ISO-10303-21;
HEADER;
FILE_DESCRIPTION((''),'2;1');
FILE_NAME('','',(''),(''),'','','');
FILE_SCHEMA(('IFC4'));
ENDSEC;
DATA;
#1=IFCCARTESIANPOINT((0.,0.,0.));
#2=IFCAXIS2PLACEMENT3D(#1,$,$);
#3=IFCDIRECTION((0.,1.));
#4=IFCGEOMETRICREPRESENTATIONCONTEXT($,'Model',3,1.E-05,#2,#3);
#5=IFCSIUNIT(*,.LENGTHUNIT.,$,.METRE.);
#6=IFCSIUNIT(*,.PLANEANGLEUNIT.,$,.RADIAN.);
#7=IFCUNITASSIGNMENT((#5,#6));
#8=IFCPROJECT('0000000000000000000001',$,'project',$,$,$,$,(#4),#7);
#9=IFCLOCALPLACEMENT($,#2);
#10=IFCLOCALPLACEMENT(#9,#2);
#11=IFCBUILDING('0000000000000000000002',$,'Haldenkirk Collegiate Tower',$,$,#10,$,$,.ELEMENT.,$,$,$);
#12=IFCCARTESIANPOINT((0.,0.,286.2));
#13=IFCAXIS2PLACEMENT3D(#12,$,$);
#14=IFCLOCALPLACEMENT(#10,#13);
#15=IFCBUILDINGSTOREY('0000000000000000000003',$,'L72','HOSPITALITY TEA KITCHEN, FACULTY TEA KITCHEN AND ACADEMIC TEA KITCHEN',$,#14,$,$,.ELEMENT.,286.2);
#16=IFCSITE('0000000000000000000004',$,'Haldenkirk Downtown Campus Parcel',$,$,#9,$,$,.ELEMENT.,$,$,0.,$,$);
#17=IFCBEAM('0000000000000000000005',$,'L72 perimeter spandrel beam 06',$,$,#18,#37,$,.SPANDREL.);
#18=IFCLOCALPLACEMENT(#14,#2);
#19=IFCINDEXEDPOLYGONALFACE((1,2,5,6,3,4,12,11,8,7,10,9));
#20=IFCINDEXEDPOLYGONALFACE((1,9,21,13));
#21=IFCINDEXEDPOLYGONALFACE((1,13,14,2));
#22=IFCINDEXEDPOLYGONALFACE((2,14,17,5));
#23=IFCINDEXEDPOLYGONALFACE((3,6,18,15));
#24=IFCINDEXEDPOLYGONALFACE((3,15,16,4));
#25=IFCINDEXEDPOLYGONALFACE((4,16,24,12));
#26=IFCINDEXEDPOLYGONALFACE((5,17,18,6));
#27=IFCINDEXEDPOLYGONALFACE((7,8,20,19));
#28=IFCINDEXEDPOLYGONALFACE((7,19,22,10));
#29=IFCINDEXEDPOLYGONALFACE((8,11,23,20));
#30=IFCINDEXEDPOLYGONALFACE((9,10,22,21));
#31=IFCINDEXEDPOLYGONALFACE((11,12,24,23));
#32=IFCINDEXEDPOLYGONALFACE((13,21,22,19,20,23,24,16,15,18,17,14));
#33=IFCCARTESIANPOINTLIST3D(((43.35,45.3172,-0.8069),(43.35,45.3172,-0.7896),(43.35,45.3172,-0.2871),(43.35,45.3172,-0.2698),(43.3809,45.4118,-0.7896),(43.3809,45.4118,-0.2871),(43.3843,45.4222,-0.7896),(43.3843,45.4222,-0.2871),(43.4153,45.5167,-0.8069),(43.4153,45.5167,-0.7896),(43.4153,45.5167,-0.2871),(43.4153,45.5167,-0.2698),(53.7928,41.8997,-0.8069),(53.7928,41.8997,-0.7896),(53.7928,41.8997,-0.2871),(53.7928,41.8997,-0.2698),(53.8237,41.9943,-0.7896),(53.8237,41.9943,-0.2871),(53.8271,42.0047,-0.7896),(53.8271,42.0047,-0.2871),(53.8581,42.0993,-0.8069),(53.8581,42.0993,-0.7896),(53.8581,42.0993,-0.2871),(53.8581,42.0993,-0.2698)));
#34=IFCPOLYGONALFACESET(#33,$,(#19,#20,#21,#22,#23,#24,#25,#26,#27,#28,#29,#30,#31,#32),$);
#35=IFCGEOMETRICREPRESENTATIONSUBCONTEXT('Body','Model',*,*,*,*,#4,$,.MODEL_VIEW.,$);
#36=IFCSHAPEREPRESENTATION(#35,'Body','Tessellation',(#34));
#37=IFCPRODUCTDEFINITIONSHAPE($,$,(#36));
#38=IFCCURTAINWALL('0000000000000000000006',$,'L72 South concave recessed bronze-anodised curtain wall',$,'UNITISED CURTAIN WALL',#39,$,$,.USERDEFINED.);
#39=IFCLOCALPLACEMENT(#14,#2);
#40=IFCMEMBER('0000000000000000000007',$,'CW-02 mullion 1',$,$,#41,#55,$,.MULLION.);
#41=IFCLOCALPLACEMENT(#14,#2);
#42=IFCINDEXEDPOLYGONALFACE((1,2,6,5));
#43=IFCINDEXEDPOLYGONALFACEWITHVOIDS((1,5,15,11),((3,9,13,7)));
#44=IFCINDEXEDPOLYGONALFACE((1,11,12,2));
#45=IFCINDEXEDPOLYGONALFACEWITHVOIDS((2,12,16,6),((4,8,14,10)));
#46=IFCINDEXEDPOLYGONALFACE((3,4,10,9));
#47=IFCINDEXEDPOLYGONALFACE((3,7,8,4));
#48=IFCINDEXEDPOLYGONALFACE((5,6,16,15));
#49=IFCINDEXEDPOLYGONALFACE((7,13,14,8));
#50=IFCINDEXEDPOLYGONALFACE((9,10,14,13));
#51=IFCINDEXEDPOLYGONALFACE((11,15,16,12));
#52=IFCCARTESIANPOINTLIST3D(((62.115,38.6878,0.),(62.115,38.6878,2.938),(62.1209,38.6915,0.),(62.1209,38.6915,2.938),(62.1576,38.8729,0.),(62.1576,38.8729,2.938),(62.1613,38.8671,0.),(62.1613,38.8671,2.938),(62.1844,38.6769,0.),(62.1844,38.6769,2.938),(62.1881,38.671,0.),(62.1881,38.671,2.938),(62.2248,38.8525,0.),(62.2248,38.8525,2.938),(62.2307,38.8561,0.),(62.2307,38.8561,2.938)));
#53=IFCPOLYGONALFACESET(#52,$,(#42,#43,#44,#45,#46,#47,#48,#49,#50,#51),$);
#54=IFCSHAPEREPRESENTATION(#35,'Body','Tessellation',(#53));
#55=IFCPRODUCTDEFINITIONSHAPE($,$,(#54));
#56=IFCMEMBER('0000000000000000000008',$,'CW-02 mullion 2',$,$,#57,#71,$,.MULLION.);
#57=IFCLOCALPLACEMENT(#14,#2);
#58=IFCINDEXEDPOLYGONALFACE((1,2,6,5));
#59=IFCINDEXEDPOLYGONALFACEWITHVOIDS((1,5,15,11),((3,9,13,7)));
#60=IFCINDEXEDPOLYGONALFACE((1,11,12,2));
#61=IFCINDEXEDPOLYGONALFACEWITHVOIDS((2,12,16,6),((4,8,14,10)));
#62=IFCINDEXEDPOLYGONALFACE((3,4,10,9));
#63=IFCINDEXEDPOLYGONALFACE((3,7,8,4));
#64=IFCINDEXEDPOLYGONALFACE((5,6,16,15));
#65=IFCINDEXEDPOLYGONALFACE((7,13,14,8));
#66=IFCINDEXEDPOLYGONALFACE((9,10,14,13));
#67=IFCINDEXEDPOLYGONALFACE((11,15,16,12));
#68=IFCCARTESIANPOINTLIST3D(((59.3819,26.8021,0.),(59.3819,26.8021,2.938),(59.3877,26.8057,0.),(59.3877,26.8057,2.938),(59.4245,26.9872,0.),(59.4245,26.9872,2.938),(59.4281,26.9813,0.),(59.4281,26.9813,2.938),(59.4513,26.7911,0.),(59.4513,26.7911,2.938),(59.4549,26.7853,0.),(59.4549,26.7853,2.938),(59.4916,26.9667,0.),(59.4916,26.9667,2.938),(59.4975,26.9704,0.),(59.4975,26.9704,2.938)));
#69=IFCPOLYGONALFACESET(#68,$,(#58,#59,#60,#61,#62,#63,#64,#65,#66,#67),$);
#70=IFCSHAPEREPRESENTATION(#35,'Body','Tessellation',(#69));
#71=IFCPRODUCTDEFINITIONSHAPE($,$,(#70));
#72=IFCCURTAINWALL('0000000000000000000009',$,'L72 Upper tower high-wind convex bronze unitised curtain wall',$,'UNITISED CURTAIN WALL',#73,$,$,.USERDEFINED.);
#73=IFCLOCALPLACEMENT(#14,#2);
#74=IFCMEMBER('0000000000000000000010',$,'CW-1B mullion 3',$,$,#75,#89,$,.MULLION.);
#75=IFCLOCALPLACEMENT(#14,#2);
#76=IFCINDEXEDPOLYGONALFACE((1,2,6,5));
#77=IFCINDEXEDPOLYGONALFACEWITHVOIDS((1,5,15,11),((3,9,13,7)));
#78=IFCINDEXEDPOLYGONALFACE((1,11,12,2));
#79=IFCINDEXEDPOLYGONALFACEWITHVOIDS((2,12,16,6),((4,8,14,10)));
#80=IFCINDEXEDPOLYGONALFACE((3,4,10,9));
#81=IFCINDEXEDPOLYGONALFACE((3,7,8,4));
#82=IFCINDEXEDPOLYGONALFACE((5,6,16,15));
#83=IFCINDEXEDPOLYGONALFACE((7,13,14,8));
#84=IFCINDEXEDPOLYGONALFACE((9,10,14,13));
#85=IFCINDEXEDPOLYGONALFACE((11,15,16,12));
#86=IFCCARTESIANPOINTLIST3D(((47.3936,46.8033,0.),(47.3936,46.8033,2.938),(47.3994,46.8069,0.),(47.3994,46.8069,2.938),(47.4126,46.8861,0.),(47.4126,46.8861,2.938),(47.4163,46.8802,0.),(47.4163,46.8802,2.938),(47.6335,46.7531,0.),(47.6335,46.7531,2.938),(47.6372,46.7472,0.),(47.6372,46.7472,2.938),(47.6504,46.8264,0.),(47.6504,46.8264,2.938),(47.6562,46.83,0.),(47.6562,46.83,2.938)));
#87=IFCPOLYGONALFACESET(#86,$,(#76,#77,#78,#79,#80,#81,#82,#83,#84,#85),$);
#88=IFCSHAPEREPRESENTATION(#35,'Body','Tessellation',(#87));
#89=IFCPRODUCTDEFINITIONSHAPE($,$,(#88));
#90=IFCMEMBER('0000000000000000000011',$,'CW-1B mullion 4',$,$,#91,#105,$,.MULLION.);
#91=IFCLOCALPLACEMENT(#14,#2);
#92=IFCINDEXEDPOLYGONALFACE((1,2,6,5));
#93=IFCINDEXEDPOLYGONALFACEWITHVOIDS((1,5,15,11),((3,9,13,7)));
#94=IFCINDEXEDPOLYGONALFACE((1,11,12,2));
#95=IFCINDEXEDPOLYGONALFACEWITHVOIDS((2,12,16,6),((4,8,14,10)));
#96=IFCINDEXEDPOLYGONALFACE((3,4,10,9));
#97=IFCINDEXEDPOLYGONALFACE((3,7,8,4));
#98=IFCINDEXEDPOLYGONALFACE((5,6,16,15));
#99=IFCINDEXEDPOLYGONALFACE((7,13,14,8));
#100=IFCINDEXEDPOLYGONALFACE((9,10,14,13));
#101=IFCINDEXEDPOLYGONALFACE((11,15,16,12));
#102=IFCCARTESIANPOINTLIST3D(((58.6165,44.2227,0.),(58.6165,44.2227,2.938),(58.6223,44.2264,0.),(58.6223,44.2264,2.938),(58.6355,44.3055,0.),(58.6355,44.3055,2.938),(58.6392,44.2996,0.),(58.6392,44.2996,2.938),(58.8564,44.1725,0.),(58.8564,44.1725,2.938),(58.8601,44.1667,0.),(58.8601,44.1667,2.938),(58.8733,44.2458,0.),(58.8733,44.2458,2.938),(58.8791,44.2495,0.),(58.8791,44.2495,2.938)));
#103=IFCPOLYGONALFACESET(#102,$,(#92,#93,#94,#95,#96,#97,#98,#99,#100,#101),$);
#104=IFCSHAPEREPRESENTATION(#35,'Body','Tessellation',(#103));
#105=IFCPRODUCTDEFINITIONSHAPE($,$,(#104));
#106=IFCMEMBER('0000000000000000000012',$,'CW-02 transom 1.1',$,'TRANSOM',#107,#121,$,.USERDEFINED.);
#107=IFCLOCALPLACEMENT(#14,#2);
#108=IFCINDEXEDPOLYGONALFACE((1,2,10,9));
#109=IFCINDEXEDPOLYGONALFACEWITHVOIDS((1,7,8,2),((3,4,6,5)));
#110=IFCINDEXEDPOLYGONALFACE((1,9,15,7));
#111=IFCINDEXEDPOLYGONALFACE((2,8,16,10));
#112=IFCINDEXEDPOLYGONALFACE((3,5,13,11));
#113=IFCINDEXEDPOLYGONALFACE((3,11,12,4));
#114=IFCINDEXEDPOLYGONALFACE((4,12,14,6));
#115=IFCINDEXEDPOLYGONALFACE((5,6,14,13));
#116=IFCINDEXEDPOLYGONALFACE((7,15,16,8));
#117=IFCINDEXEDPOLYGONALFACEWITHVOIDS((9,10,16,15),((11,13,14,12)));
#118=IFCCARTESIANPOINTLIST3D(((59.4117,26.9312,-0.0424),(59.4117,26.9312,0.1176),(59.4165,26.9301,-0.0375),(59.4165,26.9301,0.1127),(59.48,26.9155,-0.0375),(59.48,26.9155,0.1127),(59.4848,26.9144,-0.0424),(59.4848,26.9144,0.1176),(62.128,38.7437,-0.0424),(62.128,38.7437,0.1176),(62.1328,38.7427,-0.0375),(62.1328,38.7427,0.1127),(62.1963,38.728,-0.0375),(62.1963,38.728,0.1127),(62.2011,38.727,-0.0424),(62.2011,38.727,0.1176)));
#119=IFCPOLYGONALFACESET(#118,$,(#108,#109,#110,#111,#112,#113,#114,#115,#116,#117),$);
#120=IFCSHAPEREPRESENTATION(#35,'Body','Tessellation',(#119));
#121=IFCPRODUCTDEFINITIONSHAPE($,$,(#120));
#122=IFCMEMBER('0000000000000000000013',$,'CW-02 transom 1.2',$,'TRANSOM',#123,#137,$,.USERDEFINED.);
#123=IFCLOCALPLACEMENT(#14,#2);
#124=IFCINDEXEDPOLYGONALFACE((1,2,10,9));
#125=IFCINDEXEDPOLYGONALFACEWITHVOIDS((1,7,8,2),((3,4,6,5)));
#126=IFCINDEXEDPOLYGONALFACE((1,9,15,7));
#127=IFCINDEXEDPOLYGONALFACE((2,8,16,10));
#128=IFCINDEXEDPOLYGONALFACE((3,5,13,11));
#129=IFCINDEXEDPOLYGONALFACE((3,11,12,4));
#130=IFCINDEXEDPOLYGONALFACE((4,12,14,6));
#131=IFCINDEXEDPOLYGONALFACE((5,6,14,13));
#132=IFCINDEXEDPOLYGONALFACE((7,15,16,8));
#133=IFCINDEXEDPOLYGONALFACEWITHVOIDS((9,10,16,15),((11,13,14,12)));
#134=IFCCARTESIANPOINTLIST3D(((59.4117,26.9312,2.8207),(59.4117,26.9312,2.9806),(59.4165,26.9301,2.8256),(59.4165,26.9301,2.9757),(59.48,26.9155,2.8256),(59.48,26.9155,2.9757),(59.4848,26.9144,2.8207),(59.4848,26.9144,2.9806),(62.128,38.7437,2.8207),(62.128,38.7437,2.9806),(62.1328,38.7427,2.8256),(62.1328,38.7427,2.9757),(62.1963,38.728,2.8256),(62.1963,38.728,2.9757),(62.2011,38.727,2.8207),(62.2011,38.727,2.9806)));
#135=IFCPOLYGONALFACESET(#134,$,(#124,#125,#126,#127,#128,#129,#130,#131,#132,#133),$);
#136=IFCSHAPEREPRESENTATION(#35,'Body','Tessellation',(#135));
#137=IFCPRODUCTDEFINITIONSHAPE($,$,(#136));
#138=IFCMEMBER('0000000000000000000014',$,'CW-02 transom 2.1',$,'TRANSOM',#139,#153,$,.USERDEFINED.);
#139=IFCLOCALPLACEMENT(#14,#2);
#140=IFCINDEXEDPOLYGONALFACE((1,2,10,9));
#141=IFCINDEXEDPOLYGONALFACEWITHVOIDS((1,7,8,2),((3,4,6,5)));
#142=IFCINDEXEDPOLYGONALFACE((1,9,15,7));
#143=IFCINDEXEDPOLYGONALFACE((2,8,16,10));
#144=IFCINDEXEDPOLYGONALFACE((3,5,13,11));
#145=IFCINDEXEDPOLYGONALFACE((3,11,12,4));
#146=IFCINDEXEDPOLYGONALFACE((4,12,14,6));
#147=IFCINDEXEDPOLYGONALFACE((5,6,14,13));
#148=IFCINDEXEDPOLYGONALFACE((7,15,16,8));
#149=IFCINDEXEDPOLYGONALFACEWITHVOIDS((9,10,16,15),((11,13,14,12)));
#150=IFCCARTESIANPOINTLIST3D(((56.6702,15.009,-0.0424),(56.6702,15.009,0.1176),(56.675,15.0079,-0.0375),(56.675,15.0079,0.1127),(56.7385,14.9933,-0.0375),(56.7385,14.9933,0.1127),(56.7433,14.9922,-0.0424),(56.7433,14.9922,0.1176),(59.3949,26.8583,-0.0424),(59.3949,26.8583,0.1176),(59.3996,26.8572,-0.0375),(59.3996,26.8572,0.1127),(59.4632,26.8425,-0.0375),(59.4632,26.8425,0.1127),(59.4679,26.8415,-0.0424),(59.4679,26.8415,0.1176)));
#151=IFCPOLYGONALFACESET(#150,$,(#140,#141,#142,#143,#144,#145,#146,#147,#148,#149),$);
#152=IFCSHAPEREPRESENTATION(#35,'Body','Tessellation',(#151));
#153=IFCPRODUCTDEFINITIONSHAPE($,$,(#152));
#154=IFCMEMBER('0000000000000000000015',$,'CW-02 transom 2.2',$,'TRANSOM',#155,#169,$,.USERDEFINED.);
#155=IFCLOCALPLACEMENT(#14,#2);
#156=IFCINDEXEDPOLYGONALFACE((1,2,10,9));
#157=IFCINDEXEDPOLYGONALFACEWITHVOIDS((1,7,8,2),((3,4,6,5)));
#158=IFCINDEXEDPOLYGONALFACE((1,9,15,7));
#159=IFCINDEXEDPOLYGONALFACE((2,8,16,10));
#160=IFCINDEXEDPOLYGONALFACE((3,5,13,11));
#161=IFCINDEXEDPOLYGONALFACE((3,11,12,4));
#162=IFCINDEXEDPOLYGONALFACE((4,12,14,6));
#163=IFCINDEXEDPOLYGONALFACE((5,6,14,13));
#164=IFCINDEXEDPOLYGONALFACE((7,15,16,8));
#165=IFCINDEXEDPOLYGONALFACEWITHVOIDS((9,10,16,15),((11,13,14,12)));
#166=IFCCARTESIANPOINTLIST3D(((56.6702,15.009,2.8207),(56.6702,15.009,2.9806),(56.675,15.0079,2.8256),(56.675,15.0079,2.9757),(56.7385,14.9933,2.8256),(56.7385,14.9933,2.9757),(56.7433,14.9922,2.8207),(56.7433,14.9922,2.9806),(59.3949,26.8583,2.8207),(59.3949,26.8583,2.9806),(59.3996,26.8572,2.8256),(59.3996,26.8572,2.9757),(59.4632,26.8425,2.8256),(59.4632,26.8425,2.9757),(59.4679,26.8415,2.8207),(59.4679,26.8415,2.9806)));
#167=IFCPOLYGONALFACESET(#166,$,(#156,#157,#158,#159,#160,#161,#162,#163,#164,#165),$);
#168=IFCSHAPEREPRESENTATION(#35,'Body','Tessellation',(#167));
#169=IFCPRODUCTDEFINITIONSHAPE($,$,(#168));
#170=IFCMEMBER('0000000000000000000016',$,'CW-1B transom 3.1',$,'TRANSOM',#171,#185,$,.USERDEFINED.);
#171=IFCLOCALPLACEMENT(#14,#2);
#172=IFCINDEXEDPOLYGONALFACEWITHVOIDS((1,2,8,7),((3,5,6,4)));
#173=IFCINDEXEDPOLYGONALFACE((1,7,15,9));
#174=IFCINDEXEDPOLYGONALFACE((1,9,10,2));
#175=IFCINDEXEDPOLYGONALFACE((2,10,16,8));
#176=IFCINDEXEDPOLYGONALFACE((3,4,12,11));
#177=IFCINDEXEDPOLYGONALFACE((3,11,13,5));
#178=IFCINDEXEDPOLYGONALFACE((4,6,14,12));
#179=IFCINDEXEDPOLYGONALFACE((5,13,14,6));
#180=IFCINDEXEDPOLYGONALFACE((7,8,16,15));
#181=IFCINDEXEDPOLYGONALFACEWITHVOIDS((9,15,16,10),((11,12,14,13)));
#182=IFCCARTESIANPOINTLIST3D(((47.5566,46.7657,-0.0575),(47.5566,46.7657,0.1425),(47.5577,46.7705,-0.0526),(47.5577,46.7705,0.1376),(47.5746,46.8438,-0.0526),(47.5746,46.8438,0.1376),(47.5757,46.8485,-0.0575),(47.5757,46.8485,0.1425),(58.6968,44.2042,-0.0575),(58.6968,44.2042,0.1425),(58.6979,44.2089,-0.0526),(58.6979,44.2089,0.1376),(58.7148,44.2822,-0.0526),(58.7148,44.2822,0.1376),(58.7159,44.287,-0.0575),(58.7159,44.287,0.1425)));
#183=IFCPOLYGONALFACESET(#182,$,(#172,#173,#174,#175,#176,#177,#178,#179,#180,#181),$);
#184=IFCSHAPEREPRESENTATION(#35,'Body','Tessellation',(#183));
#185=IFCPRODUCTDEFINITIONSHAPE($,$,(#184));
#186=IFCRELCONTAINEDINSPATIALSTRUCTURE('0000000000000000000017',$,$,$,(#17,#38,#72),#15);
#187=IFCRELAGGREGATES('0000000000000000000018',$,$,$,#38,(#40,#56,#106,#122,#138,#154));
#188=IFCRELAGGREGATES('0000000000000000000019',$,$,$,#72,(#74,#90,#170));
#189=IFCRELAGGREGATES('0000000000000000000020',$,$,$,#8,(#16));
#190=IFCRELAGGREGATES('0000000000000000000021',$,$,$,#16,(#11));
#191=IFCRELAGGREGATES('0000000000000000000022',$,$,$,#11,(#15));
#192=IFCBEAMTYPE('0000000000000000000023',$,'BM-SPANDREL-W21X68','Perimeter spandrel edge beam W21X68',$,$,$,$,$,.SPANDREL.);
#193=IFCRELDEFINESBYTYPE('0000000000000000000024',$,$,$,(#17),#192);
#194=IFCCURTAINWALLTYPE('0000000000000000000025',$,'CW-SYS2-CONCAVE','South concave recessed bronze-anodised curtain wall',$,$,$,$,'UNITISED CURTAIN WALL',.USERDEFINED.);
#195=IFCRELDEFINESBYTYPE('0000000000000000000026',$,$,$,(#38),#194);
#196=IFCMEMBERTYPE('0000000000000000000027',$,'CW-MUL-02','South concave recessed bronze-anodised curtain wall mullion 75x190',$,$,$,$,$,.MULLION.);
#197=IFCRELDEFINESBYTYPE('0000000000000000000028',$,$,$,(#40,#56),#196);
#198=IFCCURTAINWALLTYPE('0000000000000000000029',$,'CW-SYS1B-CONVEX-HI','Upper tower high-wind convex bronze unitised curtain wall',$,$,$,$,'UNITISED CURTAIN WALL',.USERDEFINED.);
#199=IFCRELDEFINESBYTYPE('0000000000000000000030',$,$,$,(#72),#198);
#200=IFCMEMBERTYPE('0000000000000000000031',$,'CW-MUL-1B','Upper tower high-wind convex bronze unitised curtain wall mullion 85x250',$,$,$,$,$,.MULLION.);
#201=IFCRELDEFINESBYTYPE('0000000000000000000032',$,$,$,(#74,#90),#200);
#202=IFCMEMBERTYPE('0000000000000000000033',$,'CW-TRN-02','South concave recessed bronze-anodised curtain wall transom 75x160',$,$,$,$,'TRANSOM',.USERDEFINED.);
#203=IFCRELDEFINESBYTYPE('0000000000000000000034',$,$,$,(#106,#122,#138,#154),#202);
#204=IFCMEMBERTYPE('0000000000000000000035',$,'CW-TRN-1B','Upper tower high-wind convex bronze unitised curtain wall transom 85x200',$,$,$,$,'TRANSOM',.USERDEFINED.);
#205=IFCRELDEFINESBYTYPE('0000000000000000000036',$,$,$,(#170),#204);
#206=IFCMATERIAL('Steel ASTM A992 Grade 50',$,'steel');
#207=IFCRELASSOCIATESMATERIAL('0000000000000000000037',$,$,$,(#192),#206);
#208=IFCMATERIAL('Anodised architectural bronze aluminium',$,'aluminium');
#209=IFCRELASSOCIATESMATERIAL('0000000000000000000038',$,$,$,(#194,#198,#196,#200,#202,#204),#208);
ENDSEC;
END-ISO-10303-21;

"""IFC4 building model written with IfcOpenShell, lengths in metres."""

from ifc_helpers import new_model, si_unit, direction, frame, origin, origin_2d, place, context, subcontext, project, spatial, hollow_rectangle, i_section, extrude, material, material_profile, profile_set, type_object, element, aggregate, save


model = new_model("IFC4")

# Units and contexts
model_context = context("Model", 3, precision=1e-05, world=origin(), true_north=direction((0.0, 1.0)))
body_context = subcontext(model_context, "Body", "Model", "MODEL_VIEW")
ifc_project = project(units=[si_unit("LENGTHUNIT", "METRE"), si_unit("PLANEANGLEUNIT", "RADIAN")], contexts=[model_context])

# Site, building, storey
site_placement = place(None, origin())
site = spatial("IfcSite", under=ifc_project, at=site_placement, Name="Haldenkirk Downtown Campus Parcel", CompositionType="ELEMENT", RefElevation=0.0)
building_placement = place(site_placement, origin())
building = spatial("IfcBuilding", under=site, at=building_placement, Name="Haldenkirk Collegiate Tower", CompositionType="ELEMENT")
storey_placement = place(building_placement, frame((0.0, 0.0, 286.2)))
storey = spatial("IfcBuildingStorey", under=building, at=storey_placement, Name="L72", Description="HOSPITALITY TEA KITCHEN, FACULTY TEA KITCHEN AND ACADEMIC TEA KITCHEN", CompositionType="ELEMENT", Elevation=286.2)

# Beam
ifc_material_1 = material(Name="Steel ASTM A992 Grade 50", Category="steel")
ifc_material_profile_1 = material_profile(ifc_material_1, i_section(OverallWidth=0.21, OverallDepth=0.5371, WebThickness=0.011, FlangeThickness=0.0173, at=origin_2d()), Name="W21X68")
ifc_profile_set_1 = profile_set([ifc_material_profile_1], Name="Steel ASTM A992 Grade 50")
beam_type_1 = type_object("IfcBeamType", Name="BM-SPANDREL-W21X68", Description="Perimeter spandrel edge beam W21X68", PredefinedType="SPANDREL", material=ifc_profile_set_1)
beam_1_placement = place(storey_placement, frame((53.8254, 41.9995, -0.5383), z_axis=(-0.950402, 0.311024, 0.0), x_axis=(-0.311024, -0.950402, 0.0)))
element("IfcBeam", 1, at=beam_1_placement, inside=storey, type_object=beam_type_1, Name="L72 perimeter spandrel beam 06", PredefinedType="SPANDREL", context=body_context, shape_type="SweptSolid", body=[
    extrude(i_section(OverallWidth=0.21, OverallDepth=0.5371, WebThickness=0.011, FlangeThickness=0.0173, at=origin_2d()), origin(), (0.0, 0.0, 1.0), 10.9878),
])

# Curtain walls, members
ifc_material_2 = material(Name="Anodised architectural bronze aluminium", Category="aluminium")
curtain_wall_type_1 = type_object("IfcCurtainWallType", Name="CW-SYS2-CONCAVE", Description="South concave recessed bronze-anodised curtain wall", ElementType="UNITISED CURTAIN WALL", PredefinedType="USERDEFINED", material=ifc_material_2)
curtain_wall_1_placement = place(storey_placement, origin())
curtain_wall_1 = element("IfcCurtainWall", 2, at=curtain_wall_1_placement, inside=storey, type_object=curtain_wall_type_1, Name="L72 South concave recessed bronze-anodised curtain wall", ObjectType="UNITISED CURTAIN WALL", PredefinedType="USERDEFINED")
ifc_material_profile_2 = material_profile(ifc_material_2, hollow_rectangle(XDim=0.075, YDim=0.1899, WallThickness=0.0049, at=origin_2d()), Name="CW-MUL-02")
ifc_profile_set_2 = profile_set([ifc_material_profile_2], Name="Anodised architectural bronze aluminium")
member_type_1 = type_object("IfcMemberType", Name="CW-MUL-02", Description="South concave recessed bronze-anodised curtain wall mullion 75x190", PredefinedType="MULLION", material=ifc_profile_set_2)
member_1_placement = place(storey_placement, frame((62.1729, 38.772, 0.0), z_axis=(0.0, 0.0, 1.0), x_axis=(0.974566, -0.224101, 0.0)))
member_1 = element("IfcMember", 3, at=member_1_placement, type_object=member_type_1, Name="CW-02 mullion 1", PredefinedType="MULLION", context=body_context, shape_type="SweptSolid", body=[
    extrude(hollow_rectangle(XDim=0.075, YDim=0.1899, WallThickness=0.0049, at=origin_2d()), origin(), (0.0, 0.0, 1.0), 2.938),
])
member_2_placement = place(storey_placement, frame((59.4397, 26.8862, 0.0), z_axis=(0.0, 0.0, 1.0), x_axis=(0.974566, -0.224101, 0.0)))
member_2 = element("IfcMember", 4, at=member_2_placement, type_object=member_type_1, Name="CW-02 mullion 2", PredefinedType="MULLION", context=body_context, shape_type="SweptSolid", body=[
    extrude(hollow_rectangle(XDim=0.075, YDim=0.1899, WallThickness=0.0049, at=origin_2d()), origin(), (0.0, 0.0, 1.0), 2.938),
])
curtain_wall_type_2 = type_object("IfcCurtainWallType", Name="CW-SYS1B-CONVEX-HI", Description="Upper tower high-wind convex bronze unitised curtain wall", ElementType="UNITISED CURTAIN WALL", PredefinedType="USERDEFINED", material=ifc_material_2)
curtain_wall_2_placement = place(storey_placement, origin())
curtain_wall_2 = element("IfcCurtainWall", 5, at=curtain_wall_2_placement, inside=storey, type_object=curtain_wall_type_2, Name="L72 Upper tower high-wind convex bronze unitised curtain wall", ObjectType="UNITISED CURTAIN WALL", PredefinedType="USERDEFINED")
ifc_material_profile_3 = material_profile(ifc_material_2, hollow_rectangle(XDim=0.085, YDim=0.25, WallThickness=0.0049, at=origin_2d()), Name="CW-MUL-1B")
ifc_profile_set_3 = profile_set([ifc_material_profile_3], Name="Anodised architectural bronze aluminium")
member_type_2 = type_object("IfcMemberType", Name="CW-MUL-1B", Description="Upper tower high-wind convex bronze unitised curtain wall mullion 85x250", PredefinedType="MULLION", material=ifc_profile_set_3)
member_3_placement = place(storey_placement, frame((47.5249, 46.8167, 0.0), z_axis=(0.0, 0.0, 1.0), x_axis=(0.224101, 0.974566, 0.0)))
member_3 = element("IfcMember", 6, at=member_3_placement, type_object=member_type_2, Name="CW-1B mullion 3", PredefinedType="MULLION", context=body_context, shape_type="SweptSolid", body=[
    extrude(hollow_rectangle(XDim=0.085, YDim=0.25, WallThickness=0.0049, at=origin_2d()), origin(), (0.0, 0.0, 1.0), 2.938),
])
member_4_placement = place(storey_placement, frame((58.7478, 44.2361, 0.0), z_axis=(0.0, 0.0, 1.0), x_axis=(0.224101, 0.974566, 0.0)))
member_4 = element("IfcMember", 7, at=member_4_placement, type_object=member_type_2, Name="CW-1B mullion 4", PredefinedType="MULLION", context=body_context, shape_type="SweptSolid", body=[
    extrude(hollow_rectangle(XDim=0.085, YDim=0.25, WallThickness=0.0049, at=origin_2d()), origin(), (0.0, 0.0, 1.0), 2.938),
])

# Members
ifc_material_profile_4 = material_profile(ifc_material_2, hollow_rectangle(XDim=0.075, YDim=0.1599, WallThickness=0.0049, at=origin_2d()), Name="CW-TRN-02")
ifc_profile_set_4 = profile_set([ifc_material_profile_4], Name="Anodised architectural bronze aluminium")
member_type_3 = type_object("IfcMemberType", Name="CW-TRN-02", Description="South concave recessed bronze-anodised curtain wall transom 75x160", ElementType="TRANSOM", PredefinedType="USERDEFINED", material=ifc_profile_set_4)
member_5_placement = place(storey_placement, frame((62.1646, 38.7354, 0.0376), z_axis=(-0.224103, -0.974565, 0.0), x_axis=(0.974565, -0.224103, 0.0)))
member_5 = element("IfcMember", 8, at=member_5_placement, type_object=member_type_3, Name="CW-02 transom 1.1", ObjectType="TRANSOM", PredefinedType="USERDEFINED", context=body_context, shape_type="SweptSolid", body=[
    extrude(hollow_rectangle(XDim=0.075, YDim=0.1599, WallThickness=0.0049, at=origin_2d()), origin(), (0.0, 0.0, 1.0), 12.1208),
])
member_6_placement = place(storey_placement, frame((62.1646, 38.7354, 2.9006), z_axis=(-0.224103, -0.974565, 0.0), x_axis=(0.974565, -0.224103, 0.0)))
member_6 = element("IfcMember", 9, at=member_6_placement, type_object=member_type_3, Name="CW-02 transom 1.2", ObjectType="TRANSOM", PredefinedType="USERDEFINED", context=body_context, shape_type="SweptSolid", body=[
    extrude(hollow_rectangle(XDim=0.075, YDim=0.1599, WallThickness=0.0049, at=origin_2d()), origin(), (0.0, 0.0, 1.0), 12.1208),
])
member_7_placement = place(storey_placement, frame((59.4314, 26.8499, 0.0376), z_axis=(-0.224094, -0.974568, 0.0), x_axis=(0.974568, -0.224094, 0.0)))
member_7 = element("IfcMember", 10, at=member_7_placement, type_object=member_type_3, Name="CW-02 transom 2.1", ObjectType="TRANSOM", PredefinedType="USERDEFINED", context=body_context, shape_type="SweptSolid", body=[
    extrude(hollow_rectangle(XDim=0.075, YDim=0.1599, WallThickness=0.0049, at=origin_2d()), origin(), (0.0, 0.0, 1.0), 12.1584),
])
member_8_placement = place(storey_placement, frame((59.4314, 26.8499, 2.9006), z_axis=(-0.224094, -0.974568, 0.0), x_axis=(0.974568, -0.224094, 0.0)))
member_8 = element("IfcMember", 11, at=member_8_placement, type_object=member_type_3, Name="CW-02 transom 2.2", ObjectType="TRANSOM", PredefinedType="USERDEFINED", context=body_context, shape_type="SweptSolid", body=[
    extrude(hollow_rectangle(XDim=0.075, YDim=0.1599, WallThickness=0.0049, at=origin_2d()), origin(), (0.0, 0.0, 1.0), 12.1584),
])
ifc_material_profile_5 = material_profile(ifc_material_2, hollow_rectangle(XDim=0.085, YDim=0.2, WallThickness=0.0049, at=origin_2d()), Name="CW-TRN-1B")
ifc_profile_set_5 = profile_set([ifc_material_profile_5], Name="Anodised architectural bronze aluminium")
member_type_4 = type_object("IfcMemberType", Name="CW-TRN-1B", Description="Upper tower high-wind convex bronze unitised curtain wall transom 85x200", ElementType="TRANSOM", PredefinedType="USERDEFINED", material=ifc_profile_set_5)
member_9_placement = place(storey_placement, frame((47.5662, 46.8071, 0.0425), z_axis=(0.974569, -0.224089, 0.0), x_axis=(0.224089, 0.974569, 0.0)))
member_9 = element("IfcMember", 12, at=member_9_placement, type_object=member_type_4, Name="CW-1B transom 3.1", ObjectType="TRANSOM", PredefinedType="USERDEFINED", context=body_context, shape_type="SweptSolid", body=[
    extrude(hollow_rectangle(XDim=0.085, YDim=0.2, WallThickness=0.0049, at=origin_2d()), origin(), (0.0, 0.0, 1.0), 11.4309),
])

aggregate(curtain_wall_1, [member_1, member_2, member_5, member_6, member_7, member_8])
aggregate(curtain_wall_2, [member_3, member_4, member_9])

save(model, "model.ifc")
